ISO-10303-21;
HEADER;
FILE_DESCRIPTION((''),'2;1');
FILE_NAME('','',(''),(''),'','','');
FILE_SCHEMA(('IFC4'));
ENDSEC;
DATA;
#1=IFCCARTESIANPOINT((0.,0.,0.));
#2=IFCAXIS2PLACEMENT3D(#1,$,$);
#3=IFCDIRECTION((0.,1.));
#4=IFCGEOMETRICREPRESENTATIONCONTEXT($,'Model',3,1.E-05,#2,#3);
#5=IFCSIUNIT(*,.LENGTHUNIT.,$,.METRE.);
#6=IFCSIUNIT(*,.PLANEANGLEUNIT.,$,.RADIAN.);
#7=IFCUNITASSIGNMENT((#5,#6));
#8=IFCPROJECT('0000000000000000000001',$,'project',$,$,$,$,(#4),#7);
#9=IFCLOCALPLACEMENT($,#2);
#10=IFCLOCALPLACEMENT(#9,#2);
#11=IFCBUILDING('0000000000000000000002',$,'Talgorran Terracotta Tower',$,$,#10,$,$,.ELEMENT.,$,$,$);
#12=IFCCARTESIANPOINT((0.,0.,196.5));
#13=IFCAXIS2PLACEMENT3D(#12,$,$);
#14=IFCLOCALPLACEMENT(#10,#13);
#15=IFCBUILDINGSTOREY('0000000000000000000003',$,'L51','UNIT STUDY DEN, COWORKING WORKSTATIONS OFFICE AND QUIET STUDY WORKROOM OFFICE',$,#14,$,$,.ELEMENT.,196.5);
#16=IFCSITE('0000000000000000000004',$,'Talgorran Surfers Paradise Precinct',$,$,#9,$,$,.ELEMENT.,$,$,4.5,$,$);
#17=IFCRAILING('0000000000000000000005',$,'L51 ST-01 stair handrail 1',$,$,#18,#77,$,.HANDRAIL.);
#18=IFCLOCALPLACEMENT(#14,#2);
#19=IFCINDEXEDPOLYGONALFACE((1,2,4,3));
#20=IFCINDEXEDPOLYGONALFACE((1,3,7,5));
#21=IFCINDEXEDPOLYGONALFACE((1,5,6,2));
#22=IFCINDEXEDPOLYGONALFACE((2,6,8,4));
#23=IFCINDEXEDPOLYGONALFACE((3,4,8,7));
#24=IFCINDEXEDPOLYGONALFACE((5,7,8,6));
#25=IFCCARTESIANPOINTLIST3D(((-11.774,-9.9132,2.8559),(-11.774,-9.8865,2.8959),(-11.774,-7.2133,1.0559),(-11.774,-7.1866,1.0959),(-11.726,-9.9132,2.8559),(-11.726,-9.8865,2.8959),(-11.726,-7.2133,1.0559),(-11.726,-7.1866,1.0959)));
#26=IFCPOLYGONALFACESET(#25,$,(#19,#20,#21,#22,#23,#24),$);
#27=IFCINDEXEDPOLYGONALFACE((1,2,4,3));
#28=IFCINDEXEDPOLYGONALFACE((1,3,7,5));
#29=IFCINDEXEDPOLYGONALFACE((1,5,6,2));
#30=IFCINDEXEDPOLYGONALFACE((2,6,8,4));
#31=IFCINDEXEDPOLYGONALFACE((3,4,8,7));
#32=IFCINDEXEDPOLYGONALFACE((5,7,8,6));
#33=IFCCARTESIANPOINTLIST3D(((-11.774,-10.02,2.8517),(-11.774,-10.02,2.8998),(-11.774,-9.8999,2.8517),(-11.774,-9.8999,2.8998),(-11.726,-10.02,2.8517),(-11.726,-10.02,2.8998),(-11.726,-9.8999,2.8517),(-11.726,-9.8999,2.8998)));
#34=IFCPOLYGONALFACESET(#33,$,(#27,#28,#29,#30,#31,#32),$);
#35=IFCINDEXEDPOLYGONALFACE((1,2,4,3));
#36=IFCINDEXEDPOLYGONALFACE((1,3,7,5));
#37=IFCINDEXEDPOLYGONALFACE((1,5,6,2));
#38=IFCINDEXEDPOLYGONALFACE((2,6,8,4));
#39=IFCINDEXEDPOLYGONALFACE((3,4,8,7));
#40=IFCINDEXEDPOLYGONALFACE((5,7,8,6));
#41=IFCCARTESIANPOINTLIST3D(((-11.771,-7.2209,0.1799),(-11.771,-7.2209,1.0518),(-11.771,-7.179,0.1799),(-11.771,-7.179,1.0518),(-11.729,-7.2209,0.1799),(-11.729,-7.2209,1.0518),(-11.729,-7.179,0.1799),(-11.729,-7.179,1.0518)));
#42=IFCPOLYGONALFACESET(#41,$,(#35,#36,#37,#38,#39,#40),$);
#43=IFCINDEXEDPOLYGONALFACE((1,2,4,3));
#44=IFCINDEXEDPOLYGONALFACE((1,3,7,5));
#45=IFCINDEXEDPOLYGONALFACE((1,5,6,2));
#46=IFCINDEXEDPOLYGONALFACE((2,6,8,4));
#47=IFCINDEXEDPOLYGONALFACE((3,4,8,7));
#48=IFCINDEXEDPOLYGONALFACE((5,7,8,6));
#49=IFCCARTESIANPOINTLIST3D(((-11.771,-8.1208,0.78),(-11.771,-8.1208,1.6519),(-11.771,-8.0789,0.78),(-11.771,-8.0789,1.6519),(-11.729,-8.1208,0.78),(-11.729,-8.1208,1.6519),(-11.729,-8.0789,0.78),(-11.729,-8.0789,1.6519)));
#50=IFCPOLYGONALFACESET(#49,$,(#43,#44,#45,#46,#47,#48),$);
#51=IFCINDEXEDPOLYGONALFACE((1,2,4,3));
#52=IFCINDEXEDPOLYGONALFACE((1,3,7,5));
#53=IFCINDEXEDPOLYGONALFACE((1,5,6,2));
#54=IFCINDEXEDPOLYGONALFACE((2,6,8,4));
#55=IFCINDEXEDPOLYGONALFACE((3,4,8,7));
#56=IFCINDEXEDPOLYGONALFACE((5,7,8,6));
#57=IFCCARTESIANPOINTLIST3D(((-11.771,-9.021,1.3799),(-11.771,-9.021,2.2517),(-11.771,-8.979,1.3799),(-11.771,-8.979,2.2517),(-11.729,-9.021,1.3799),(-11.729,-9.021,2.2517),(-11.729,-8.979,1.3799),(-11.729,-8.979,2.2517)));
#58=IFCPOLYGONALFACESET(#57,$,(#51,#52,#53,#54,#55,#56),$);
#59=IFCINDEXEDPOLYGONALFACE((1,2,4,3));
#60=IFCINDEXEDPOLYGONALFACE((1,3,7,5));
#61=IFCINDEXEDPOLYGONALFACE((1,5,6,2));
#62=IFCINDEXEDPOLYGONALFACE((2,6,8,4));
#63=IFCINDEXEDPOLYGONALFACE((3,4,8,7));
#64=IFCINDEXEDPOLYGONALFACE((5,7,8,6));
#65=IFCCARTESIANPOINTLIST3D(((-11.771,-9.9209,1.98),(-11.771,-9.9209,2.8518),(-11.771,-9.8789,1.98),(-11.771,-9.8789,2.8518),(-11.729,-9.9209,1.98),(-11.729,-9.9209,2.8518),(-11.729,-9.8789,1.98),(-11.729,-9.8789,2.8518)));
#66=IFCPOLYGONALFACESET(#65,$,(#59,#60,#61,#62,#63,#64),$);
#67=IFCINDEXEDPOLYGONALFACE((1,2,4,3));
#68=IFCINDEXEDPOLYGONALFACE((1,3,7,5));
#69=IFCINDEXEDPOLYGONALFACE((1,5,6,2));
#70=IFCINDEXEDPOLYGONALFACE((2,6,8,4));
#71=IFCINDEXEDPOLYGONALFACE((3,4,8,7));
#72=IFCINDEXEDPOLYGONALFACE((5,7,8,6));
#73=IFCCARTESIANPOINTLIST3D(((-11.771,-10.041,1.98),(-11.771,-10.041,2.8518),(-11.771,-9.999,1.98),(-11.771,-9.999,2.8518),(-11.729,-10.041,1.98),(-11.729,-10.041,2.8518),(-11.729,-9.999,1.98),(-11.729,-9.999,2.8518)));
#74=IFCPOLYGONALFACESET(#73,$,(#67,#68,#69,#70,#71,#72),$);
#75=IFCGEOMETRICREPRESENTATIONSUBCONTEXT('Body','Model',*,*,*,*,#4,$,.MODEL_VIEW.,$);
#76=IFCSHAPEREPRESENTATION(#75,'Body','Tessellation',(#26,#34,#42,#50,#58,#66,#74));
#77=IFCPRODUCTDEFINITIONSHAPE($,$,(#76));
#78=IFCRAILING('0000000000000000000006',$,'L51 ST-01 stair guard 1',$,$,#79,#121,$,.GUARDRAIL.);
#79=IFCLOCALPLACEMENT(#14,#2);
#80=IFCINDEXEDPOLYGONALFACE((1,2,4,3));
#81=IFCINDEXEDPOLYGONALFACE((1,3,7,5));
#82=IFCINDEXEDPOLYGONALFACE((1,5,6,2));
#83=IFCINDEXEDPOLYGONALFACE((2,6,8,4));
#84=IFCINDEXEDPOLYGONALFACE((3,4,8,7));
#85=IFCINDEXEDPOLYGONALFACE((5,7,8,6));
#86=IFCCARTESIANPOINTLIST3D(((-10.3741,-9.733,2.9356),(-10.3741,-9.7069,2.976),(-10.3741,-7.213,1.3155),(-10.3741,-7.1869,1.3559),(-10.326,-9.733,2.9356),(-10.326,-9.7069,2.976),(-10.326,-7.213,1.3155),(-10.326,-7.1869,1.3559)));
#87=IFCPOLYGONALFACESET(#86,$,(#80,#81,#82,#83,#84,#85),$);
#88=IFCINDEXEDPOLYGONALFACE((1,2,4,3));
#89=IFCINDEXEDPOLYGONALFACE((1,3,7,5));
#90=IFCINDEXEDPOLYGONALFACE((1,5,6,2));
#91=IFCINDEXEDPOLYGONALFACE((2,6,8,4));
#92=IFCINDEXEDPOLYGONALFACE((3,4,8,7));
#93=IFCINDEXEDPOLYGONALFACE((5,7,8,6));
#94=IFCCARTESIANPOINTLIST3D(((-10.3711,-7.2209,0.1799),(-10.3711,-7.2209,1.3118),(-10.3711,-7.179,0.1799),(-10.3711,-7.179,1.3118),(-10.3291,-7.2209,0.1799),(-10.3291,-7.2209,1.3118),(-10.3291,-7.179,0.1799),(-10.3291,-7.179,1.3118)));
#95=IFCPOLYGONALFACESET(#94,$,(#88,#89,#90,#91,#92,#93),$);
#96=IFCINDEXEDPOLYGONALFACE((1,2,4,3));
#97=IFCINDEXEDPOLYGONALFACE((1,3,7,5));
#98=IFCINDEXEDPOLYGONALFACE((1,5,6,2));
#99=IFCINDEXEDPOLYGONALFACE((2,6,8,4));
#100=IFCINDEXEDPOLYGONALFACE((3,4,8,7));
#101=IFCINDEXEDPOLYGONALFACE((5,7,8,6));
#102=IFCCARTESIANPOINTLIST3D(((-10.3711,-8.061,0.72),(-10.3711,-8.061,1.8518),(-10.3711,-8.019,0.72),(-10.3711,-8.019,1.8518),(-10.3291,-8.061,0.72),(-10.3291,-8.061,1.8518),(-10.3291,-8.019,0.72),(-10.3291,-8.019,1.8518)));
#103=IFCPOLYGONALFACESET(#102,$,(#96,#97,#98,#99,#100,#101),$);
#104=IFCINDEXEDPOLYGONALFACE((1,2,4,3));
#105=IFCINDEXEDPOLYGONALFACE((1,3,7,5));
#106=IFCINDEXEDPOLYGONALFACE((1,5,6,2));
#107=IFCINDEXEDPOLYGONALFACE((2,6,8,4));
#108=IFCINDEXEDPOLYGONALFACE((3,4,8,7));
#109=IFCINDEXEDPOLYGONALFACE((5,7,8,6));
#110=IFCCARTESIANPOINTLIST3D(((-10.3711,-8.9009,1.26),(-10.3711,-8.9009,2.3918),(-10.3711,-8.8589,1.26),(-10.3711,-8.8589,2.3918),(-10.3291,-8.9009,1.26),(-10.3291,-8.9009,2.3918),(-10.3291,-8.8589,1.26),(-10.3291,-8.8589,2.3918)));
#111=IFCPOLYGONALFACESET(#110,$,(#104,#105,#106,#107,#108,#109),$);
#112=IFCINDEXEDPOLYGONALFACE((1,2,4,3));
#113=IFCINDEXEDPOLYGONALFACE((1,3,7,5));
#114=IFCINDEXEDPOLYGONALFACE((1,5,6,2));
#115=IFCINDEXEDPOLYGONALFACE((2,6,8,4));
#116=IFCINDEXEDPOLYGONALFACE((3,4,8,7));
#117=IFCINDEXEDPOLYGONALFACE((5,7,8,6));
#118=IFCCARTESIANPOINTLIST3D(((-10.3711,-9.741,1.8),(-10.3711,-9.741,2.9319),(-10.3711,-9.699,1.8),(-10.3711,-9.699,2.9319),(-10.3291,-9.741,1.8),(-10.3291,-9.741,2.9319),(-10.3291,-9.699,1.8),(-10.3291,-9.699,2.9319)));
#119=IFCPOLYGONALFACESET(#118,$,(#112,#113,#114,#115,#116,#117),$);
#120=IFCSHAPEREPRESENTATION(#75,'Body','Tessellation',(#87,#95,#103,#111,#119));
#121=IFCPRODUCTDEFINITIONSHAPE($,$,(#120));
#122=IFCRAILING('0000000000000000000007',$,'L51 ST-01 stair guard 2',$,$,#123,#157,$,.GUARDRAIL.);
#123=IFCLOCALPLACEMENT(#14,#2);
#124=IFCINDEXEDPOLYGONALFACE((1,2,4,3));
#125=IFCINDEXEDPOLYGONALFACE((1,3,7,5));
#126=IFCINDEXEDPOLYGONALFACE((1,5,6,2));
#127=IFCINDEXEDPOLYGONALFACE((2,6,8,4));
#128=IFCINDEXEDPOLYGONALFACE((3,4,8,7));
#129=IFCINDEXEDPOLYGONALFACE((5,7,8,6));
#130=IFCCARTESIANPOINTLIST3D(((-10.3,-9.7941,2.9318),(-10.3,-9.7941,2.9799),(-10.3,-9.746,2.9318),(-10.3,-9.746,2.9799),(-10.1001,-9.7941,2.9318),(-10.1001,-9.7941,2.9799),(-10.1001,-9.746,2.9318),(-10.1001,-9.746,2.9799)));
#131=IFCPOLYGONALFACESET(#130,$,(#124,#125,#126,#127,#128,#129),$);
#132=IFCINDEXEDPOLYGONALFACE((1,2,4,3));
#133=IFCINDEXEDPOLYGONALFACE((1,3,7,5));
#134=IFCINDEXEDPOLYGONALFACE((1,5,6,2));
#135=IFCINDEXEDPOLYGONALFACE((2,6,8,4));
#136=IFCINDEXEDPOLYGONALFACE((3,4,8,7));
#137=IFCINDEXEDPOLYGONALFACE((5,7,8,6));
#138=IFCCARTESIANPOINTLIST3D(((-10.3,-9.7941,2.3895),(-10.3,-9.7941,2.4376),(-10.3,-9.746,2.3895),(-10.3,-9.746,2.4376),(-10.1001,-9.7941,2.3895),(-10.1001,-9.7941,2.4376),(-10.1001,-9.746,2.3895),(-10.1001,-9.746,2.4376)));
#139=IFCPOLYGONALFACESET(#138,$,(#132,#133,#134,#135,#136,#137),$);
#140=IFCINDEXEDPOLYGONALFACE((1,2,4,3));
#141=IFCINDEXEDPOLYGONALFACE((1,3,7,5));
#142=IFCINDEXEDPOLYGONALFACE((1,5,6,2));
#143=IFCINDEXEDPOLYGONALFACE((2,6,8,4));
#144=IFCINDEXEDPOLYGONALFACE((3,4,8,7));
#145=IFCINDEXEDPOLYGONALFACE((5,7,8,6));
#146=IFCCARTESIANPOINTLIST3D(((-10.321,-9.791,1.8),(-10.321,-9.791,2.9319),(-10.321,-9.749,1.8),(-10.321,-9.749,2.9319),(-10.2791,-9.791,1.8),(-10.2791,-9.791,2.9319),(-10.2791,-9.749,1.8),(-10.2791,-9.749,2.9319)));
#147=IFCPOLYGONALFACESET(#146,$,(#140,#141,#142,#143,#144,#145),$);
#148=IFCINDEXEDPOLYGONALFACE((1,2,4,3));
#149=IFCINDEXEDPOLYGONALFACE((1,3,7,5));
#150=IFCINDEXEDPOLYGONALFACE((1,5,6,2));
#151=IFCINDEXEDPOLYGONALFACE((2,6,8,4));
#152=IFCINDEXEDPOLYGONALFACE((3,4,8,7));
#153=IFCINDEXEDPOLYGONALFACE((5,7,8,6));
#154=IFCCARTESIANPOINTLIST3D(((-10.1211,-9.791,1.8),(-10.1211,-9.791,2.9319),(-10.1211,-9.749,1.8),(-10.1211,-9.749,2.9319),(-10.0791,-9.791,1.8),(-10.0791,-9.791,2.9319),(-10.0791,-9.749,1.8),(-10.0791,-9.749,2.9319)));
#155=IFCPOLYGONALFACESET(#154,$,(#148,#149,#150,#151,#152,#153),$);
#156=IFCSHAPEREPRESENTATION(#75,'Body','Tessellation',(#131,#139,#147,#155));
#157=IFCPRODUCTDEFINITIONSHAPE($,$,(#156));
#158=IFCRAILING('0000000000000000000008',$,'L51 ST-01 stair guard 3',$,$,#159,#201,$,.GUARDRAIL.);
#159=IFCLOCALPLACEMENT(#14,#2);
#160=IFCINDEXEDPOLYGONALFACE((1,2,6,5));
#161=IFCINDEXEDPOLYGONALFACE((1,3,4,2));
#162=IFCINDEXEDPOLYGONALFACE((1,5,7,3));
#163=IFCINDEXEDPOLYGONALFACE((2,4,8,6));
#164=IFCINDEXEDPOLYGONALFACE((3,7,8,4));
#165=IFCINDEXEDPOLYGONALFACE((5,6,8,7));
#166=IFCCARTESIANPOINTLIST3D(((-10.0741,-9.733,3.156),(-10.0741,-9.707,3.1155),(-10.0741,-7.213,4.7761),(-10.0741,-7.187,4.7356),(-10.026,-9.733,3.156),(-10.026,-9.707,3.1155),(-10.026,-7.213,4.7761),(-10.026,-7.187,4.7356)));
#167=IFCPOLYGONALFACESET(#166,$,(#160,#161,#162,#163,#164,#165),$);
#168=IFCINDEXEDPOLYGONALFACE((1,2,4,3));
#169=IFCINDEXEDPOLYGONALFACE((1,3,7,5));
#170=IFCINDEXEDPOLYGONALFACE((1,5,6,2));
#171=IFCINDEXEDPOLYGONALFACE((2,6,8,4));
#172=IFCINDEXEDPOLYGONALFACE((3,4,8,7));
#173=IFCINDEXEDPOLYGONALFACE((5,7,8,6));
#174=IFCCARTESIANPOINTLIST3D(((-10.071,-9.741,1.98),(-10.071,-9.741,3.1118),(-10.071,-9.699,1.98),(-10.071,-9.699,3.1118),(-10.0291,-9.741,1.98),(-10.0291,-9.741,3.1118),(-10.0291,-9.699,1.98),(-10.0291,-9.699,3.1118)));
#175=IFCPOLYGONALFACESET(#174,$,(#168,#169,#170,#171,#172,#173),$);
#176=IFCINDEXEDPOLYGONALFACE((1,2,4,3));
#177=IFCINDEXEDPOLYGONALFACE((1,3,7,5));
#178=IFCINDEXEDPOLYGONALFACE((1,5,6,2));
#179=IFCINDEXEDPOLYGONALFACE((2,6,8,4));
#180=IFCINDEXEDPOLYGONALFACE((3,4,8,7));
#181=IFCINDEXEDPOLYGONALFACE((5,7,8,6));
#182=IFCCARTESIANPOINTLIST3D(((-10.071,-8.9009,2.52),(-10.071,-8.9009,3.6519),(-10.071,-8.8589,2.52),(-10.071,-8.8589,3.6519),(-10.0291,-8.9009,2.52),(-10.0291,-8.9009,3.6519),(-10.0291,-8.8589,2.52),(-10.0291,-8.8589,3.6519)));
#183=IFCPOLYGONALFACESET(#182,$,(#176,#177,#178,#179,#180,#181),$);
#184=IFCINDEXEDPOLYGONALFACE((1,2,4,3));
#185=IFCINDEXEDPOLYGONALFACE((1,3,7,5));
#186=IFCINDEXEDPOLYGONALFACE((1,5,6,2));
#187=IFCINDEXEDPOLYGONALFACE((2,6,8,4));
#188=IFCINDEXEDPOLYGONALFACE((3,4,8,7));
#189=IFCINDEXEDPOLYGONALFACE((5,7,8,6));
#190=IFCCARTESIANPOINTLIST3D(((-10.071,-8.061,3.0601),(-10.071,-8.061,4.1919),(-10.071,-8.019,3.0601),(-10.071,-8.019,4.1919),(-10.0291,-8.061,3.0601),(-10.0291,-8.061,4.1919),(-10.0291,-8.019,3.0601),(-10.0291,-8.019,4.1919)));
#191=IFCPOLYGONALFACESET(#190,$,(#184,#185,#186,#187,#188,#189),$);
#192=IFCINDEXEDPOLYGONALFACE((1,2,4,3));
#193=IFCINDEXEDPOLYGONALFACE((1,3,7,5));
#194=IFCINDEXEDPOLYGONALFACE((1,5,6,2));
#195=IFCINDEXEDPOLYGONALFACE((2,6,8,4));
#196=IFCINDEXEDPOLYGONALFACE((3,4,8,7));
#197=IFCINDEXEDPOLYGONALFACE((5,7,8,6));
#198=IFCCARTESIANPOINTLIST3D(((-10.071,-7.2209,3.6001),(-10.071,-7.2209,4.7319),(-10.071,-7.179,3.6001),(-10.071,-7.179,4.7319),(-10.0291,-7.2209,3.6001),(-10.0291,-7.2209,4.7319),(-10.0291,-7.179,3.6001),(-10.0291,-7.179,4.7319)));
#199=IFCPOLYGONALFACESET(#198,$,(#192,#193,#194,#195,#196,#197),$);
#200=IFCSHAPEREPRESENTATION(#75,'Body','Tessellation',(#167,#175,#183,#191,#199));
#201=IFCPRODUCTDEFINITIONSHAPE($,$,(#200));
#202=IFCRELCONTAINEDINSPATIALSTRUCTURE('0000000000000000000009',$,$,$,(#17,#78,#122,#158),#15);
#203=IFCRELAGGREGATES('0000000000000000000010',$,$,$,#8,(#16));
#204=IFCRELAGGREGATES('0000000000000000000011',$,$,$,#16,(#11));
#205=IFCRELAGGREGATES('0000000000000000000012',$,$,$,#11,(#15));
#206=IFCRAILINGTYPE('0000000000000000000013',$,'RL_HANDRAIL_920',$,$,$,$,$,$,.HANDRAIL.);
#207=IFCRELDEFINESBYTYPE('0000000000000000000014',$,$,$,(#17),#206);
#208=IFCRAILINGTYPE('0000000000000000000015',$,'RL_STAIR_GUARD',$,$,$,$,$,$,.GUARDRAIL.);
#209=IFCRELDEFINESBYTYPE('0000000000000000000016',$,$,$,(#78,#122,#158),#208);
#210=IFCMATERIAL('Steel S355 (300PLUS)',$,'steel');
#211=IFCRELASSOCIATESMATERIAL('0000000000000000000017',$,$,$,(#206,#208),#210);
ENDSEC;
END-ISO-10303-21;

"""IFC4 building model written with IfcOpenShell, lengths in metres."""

from ifc_helpers import new_model, si_unit, direction, frame, origin, origin_2d, place, context, subcontext, project, spatial, rectangle, extrude, material, type_object, element, save


model = new_model("IFC4")

# Units and contexts
model_context = context("Model", 3, precision=1e-05, world=origin(), true_north=direction((0.0, 1.0)))
body_context = subcontext(model_context, "Body", "Model", "MODEL_VIEW")
ifc_project = project(units=[si_unit("LENGTHUNIT", "METRE"), si_unit("PLANEANGLEUNIT", "RADIAN")], contexts=[model_context])

# Site, building, storey
site_placement = place(None, origin())
site = spatial("IfcSite", under=ifc_project, at=site_placement, Name="Talgorran Surfers Paradise Precinct", CompositionType="ELEMENT", RefElevation=4.5)
building_placement = place(site_placement, origin())
building = spatial("IfcBuilding", under=site, at=building_placement, Name="Talgorran Terracotta Tower", CompositionType="ELEMENT")
storey_placement = place(building_placement, frame((0.0, 0.0, 196.5)))
storey = spatial("IfcBuildingStorey", under=building, at=storey_placement, Name="L51", Description="UNIT STUDY DEN, COWORKING WORKSTATIONS OFFICE AND QUIET STUDY WORKROOM OFFICE", CompositionType="ELEMENT", Elevation=196.5)

# Shared definitions
ifc_material_1 = material(Name="Steel S355 (300PLUS)", Category="steel")

# Railings
railing_type_1 = type_object("IfcRailingType", Name="RL_HANDRAIL_920", PredefinedType="HANDRAIL", material=ifc_material_1)
railing_1_placement = place(storey_placement, frame((-11.75, -7.2, 0.1799)))
element("IfcRailing", 1, at=railing_1_placement, inside=storey, type_object=railing_type_1, Name="L51 ST-01 stair handrail 1", PredefinedType="HANDRAIL", context=body_context, shape_type="SweptSolid", body=[
    extrude(rectangle(XDim=0.0481, YDim=0.0481, at=origin_2d()), frame((0.0, 0.0, 0.896), z_axis=(0.0, -0.832039, 0.554718), x_axis=(1.0, 0.0, 0.0)), (0.0, 0.0, 1.0), 3.2449),
    extrude(rectangle(XDim=0.0481, YDim=0.0481, at=origin_2d()), frame((0.0, -2.7, 2.6958), z_axis=(0.0, -1.0, 0.0), x_axis=(1.0, 0.0, 0.0)), (0.0, 0.0, 1.0), 0.1201),
    extrude(rectangle(XDim=0.042, YDim=0.042, at=origin_2d()), origin(), (0.0, 0.0, 1.0), 0.8718),
    extrude(rectangle(XDim=0.042, YDim=0.042, at=origin_2d()), frame((0.0, -0.8999, 0.6001)), (0.0, 0.0, 1.0), 0.8718),
    extrude(rectangle(XDim=0.042, YDim=0.042, at=origin_2d()), frame((0.0, -1.8, 1.2)), (0.0, 0.0, 1.0), 0.8718),
    extrude(rectangle(XDim=0.042, YDim=0.042, at=origin_2d()), frame((0.0, -2.7, 1.8)), (0.0, 0.0, 1.0), 0.8718),
    extrude(rectangle(XDim=0.042, YDim=0.042, at=origin_2d()), frame((0.0, -2.8201, 1.8)), (0.0, 0.0, 1.0), 0.8718),
])
railing_type_2 = type_object("IfcRailingType", Name="RL_STAIR_GUARD", PredefinedType="GUARDRAIL", material=ifc_material_1)
railing_2_placement = place(storey_placement, frame((-10.3501, -7.2, 0.1799)))
element("IfcRailing", 2, at=railing_2_placement, inside=storey, type_object=railing_type_2, Name="L51 ST-01 stair guard 1", PredefinedType="GUARDRAIL", context=body_context, shape_type="SweptSolid", body=[
    extrude(rectangle(XDim=0.0481, YDim=0.0481, at=origin_2d()), frame((0.0, 0.0, 1.1558), z_axis=(0.0, -0.841163, 0.540782), x_axis=(1.0, 0.0, 0.0)), (0.0, 0.0, 1.0), 2.9958),
    extrude(rectangle(XDim=0.042, YDim=0.042, at=origin_2d()), origin(), (0.0, 0.0, 1.0), 1.1318),
    extrude(rectangle(XDim=0.042, YDim=0.042, at=origin_2d()), frame((0.0, -0.8401, 0.54)), (0.0, 0.0, 1.0), 1.1318),
    extrude(rectangle(XDim=0.042, YDim=0.042, at=origin_2d()), frame((0.0, -1.6799, 1.0801)), (0.0, 0.0, 1.0), 1.1318),
    extrude(rectangle(XDim=0.042, YDim=0.042, at=origin_2d()), frame((0.0, -2.52, 1.6201)), (0.0, 0.0, 1.0), 1.1318),
])
railing_3_placement = place(storey_placement, frame((-10.3, -9.77, 1.8)))
element("IfcRailing", 3, at=railing_3_placement, inside=storey, type_object=railing_type_2, Name="L51 ST-01 stair guard 2", PredefinedType="GUARDRAIL", context=body_context, shape_type="SweptSolid", body=[
    extrude(rectangle(XDim=0.0481, YDim=0.0481, at=origin_2d()), frame((0.0, 0.0, 1.1558), z_axis=(1.0, 0.0, 0.0), x_axis=(0.0, 1.0, 0.0)), (0.0, 0.0, 1.0), 0.2),
    extrude(rectangle(XDim=0.0481, YDim=0.0481, at=origin_2d()), frame((0.0, 0.0, 0.6135), z_axis=(1.0, 0.0, 0.0), x_axis=(0.0, 1.0, 0.0)), (0.0, 0.0, 1.0), 0.2),
    extrude(rectangle(XDim=0.042, YDim=0.042, at=origin_2d()), origin(), (0.0, 0.0, 1.0), 1.1318),
    extrude(rectangle(XDim=0.042, YDim=0.042, at=origin_2d()), frame((0.2, 0.0, 0.0)), (0.0, 0.0, 1.0), 1.1318),
])
railing_4_placement = place(storey_placement, frame((-10.05, -9.72, 1.98)))
element("IfcRailing", 4, at=railing_4_placement, inside=storey, type_object=railing_type_2, Name="L51 ST-01 stair guard 3", PredefinedType="GUARDRAIL", context=body_context, shape_type="SweptSolid", body=[
    extrude(rectangle(XDim=0.0481, YDim=0.0481, at=origin_2d()), frame((0.0, 0.0, 1.1558), z_axis=(0.0, 0.841163, 0.540782), x_axis=(-1.0, 0.0, 0.0)), (0.0, 0.0, 1.0), 2.9958),
    extrude(rectangle(XDim=0.042, YDim=0.042, at=origin_2d()), origin(), (0.0, 0.0, 1.0), 1.1318),
    extrude(rectangle(XDim=0.042, YDim=0.042, at=origin_2d()), frame((0.0, 0.8401, 0.54)), (0.0, 0.0, 1.0), 1.1318),
    extrude(rectangle(XDim=0.042, YDim=0.042, at=origin_2d()), frame((0.0, 1.6799, 1.0801)), (0.0, 0.0, 1.0), 1.1318),
    extrude(rectangle(XDim=0.042, YDim=0.042, at=origin_2d()), frame((0.0, 2.52, 1.6201)), (0.0, 0.0, 1.0), 1.1318),
])

save(model, "model.ifc")
